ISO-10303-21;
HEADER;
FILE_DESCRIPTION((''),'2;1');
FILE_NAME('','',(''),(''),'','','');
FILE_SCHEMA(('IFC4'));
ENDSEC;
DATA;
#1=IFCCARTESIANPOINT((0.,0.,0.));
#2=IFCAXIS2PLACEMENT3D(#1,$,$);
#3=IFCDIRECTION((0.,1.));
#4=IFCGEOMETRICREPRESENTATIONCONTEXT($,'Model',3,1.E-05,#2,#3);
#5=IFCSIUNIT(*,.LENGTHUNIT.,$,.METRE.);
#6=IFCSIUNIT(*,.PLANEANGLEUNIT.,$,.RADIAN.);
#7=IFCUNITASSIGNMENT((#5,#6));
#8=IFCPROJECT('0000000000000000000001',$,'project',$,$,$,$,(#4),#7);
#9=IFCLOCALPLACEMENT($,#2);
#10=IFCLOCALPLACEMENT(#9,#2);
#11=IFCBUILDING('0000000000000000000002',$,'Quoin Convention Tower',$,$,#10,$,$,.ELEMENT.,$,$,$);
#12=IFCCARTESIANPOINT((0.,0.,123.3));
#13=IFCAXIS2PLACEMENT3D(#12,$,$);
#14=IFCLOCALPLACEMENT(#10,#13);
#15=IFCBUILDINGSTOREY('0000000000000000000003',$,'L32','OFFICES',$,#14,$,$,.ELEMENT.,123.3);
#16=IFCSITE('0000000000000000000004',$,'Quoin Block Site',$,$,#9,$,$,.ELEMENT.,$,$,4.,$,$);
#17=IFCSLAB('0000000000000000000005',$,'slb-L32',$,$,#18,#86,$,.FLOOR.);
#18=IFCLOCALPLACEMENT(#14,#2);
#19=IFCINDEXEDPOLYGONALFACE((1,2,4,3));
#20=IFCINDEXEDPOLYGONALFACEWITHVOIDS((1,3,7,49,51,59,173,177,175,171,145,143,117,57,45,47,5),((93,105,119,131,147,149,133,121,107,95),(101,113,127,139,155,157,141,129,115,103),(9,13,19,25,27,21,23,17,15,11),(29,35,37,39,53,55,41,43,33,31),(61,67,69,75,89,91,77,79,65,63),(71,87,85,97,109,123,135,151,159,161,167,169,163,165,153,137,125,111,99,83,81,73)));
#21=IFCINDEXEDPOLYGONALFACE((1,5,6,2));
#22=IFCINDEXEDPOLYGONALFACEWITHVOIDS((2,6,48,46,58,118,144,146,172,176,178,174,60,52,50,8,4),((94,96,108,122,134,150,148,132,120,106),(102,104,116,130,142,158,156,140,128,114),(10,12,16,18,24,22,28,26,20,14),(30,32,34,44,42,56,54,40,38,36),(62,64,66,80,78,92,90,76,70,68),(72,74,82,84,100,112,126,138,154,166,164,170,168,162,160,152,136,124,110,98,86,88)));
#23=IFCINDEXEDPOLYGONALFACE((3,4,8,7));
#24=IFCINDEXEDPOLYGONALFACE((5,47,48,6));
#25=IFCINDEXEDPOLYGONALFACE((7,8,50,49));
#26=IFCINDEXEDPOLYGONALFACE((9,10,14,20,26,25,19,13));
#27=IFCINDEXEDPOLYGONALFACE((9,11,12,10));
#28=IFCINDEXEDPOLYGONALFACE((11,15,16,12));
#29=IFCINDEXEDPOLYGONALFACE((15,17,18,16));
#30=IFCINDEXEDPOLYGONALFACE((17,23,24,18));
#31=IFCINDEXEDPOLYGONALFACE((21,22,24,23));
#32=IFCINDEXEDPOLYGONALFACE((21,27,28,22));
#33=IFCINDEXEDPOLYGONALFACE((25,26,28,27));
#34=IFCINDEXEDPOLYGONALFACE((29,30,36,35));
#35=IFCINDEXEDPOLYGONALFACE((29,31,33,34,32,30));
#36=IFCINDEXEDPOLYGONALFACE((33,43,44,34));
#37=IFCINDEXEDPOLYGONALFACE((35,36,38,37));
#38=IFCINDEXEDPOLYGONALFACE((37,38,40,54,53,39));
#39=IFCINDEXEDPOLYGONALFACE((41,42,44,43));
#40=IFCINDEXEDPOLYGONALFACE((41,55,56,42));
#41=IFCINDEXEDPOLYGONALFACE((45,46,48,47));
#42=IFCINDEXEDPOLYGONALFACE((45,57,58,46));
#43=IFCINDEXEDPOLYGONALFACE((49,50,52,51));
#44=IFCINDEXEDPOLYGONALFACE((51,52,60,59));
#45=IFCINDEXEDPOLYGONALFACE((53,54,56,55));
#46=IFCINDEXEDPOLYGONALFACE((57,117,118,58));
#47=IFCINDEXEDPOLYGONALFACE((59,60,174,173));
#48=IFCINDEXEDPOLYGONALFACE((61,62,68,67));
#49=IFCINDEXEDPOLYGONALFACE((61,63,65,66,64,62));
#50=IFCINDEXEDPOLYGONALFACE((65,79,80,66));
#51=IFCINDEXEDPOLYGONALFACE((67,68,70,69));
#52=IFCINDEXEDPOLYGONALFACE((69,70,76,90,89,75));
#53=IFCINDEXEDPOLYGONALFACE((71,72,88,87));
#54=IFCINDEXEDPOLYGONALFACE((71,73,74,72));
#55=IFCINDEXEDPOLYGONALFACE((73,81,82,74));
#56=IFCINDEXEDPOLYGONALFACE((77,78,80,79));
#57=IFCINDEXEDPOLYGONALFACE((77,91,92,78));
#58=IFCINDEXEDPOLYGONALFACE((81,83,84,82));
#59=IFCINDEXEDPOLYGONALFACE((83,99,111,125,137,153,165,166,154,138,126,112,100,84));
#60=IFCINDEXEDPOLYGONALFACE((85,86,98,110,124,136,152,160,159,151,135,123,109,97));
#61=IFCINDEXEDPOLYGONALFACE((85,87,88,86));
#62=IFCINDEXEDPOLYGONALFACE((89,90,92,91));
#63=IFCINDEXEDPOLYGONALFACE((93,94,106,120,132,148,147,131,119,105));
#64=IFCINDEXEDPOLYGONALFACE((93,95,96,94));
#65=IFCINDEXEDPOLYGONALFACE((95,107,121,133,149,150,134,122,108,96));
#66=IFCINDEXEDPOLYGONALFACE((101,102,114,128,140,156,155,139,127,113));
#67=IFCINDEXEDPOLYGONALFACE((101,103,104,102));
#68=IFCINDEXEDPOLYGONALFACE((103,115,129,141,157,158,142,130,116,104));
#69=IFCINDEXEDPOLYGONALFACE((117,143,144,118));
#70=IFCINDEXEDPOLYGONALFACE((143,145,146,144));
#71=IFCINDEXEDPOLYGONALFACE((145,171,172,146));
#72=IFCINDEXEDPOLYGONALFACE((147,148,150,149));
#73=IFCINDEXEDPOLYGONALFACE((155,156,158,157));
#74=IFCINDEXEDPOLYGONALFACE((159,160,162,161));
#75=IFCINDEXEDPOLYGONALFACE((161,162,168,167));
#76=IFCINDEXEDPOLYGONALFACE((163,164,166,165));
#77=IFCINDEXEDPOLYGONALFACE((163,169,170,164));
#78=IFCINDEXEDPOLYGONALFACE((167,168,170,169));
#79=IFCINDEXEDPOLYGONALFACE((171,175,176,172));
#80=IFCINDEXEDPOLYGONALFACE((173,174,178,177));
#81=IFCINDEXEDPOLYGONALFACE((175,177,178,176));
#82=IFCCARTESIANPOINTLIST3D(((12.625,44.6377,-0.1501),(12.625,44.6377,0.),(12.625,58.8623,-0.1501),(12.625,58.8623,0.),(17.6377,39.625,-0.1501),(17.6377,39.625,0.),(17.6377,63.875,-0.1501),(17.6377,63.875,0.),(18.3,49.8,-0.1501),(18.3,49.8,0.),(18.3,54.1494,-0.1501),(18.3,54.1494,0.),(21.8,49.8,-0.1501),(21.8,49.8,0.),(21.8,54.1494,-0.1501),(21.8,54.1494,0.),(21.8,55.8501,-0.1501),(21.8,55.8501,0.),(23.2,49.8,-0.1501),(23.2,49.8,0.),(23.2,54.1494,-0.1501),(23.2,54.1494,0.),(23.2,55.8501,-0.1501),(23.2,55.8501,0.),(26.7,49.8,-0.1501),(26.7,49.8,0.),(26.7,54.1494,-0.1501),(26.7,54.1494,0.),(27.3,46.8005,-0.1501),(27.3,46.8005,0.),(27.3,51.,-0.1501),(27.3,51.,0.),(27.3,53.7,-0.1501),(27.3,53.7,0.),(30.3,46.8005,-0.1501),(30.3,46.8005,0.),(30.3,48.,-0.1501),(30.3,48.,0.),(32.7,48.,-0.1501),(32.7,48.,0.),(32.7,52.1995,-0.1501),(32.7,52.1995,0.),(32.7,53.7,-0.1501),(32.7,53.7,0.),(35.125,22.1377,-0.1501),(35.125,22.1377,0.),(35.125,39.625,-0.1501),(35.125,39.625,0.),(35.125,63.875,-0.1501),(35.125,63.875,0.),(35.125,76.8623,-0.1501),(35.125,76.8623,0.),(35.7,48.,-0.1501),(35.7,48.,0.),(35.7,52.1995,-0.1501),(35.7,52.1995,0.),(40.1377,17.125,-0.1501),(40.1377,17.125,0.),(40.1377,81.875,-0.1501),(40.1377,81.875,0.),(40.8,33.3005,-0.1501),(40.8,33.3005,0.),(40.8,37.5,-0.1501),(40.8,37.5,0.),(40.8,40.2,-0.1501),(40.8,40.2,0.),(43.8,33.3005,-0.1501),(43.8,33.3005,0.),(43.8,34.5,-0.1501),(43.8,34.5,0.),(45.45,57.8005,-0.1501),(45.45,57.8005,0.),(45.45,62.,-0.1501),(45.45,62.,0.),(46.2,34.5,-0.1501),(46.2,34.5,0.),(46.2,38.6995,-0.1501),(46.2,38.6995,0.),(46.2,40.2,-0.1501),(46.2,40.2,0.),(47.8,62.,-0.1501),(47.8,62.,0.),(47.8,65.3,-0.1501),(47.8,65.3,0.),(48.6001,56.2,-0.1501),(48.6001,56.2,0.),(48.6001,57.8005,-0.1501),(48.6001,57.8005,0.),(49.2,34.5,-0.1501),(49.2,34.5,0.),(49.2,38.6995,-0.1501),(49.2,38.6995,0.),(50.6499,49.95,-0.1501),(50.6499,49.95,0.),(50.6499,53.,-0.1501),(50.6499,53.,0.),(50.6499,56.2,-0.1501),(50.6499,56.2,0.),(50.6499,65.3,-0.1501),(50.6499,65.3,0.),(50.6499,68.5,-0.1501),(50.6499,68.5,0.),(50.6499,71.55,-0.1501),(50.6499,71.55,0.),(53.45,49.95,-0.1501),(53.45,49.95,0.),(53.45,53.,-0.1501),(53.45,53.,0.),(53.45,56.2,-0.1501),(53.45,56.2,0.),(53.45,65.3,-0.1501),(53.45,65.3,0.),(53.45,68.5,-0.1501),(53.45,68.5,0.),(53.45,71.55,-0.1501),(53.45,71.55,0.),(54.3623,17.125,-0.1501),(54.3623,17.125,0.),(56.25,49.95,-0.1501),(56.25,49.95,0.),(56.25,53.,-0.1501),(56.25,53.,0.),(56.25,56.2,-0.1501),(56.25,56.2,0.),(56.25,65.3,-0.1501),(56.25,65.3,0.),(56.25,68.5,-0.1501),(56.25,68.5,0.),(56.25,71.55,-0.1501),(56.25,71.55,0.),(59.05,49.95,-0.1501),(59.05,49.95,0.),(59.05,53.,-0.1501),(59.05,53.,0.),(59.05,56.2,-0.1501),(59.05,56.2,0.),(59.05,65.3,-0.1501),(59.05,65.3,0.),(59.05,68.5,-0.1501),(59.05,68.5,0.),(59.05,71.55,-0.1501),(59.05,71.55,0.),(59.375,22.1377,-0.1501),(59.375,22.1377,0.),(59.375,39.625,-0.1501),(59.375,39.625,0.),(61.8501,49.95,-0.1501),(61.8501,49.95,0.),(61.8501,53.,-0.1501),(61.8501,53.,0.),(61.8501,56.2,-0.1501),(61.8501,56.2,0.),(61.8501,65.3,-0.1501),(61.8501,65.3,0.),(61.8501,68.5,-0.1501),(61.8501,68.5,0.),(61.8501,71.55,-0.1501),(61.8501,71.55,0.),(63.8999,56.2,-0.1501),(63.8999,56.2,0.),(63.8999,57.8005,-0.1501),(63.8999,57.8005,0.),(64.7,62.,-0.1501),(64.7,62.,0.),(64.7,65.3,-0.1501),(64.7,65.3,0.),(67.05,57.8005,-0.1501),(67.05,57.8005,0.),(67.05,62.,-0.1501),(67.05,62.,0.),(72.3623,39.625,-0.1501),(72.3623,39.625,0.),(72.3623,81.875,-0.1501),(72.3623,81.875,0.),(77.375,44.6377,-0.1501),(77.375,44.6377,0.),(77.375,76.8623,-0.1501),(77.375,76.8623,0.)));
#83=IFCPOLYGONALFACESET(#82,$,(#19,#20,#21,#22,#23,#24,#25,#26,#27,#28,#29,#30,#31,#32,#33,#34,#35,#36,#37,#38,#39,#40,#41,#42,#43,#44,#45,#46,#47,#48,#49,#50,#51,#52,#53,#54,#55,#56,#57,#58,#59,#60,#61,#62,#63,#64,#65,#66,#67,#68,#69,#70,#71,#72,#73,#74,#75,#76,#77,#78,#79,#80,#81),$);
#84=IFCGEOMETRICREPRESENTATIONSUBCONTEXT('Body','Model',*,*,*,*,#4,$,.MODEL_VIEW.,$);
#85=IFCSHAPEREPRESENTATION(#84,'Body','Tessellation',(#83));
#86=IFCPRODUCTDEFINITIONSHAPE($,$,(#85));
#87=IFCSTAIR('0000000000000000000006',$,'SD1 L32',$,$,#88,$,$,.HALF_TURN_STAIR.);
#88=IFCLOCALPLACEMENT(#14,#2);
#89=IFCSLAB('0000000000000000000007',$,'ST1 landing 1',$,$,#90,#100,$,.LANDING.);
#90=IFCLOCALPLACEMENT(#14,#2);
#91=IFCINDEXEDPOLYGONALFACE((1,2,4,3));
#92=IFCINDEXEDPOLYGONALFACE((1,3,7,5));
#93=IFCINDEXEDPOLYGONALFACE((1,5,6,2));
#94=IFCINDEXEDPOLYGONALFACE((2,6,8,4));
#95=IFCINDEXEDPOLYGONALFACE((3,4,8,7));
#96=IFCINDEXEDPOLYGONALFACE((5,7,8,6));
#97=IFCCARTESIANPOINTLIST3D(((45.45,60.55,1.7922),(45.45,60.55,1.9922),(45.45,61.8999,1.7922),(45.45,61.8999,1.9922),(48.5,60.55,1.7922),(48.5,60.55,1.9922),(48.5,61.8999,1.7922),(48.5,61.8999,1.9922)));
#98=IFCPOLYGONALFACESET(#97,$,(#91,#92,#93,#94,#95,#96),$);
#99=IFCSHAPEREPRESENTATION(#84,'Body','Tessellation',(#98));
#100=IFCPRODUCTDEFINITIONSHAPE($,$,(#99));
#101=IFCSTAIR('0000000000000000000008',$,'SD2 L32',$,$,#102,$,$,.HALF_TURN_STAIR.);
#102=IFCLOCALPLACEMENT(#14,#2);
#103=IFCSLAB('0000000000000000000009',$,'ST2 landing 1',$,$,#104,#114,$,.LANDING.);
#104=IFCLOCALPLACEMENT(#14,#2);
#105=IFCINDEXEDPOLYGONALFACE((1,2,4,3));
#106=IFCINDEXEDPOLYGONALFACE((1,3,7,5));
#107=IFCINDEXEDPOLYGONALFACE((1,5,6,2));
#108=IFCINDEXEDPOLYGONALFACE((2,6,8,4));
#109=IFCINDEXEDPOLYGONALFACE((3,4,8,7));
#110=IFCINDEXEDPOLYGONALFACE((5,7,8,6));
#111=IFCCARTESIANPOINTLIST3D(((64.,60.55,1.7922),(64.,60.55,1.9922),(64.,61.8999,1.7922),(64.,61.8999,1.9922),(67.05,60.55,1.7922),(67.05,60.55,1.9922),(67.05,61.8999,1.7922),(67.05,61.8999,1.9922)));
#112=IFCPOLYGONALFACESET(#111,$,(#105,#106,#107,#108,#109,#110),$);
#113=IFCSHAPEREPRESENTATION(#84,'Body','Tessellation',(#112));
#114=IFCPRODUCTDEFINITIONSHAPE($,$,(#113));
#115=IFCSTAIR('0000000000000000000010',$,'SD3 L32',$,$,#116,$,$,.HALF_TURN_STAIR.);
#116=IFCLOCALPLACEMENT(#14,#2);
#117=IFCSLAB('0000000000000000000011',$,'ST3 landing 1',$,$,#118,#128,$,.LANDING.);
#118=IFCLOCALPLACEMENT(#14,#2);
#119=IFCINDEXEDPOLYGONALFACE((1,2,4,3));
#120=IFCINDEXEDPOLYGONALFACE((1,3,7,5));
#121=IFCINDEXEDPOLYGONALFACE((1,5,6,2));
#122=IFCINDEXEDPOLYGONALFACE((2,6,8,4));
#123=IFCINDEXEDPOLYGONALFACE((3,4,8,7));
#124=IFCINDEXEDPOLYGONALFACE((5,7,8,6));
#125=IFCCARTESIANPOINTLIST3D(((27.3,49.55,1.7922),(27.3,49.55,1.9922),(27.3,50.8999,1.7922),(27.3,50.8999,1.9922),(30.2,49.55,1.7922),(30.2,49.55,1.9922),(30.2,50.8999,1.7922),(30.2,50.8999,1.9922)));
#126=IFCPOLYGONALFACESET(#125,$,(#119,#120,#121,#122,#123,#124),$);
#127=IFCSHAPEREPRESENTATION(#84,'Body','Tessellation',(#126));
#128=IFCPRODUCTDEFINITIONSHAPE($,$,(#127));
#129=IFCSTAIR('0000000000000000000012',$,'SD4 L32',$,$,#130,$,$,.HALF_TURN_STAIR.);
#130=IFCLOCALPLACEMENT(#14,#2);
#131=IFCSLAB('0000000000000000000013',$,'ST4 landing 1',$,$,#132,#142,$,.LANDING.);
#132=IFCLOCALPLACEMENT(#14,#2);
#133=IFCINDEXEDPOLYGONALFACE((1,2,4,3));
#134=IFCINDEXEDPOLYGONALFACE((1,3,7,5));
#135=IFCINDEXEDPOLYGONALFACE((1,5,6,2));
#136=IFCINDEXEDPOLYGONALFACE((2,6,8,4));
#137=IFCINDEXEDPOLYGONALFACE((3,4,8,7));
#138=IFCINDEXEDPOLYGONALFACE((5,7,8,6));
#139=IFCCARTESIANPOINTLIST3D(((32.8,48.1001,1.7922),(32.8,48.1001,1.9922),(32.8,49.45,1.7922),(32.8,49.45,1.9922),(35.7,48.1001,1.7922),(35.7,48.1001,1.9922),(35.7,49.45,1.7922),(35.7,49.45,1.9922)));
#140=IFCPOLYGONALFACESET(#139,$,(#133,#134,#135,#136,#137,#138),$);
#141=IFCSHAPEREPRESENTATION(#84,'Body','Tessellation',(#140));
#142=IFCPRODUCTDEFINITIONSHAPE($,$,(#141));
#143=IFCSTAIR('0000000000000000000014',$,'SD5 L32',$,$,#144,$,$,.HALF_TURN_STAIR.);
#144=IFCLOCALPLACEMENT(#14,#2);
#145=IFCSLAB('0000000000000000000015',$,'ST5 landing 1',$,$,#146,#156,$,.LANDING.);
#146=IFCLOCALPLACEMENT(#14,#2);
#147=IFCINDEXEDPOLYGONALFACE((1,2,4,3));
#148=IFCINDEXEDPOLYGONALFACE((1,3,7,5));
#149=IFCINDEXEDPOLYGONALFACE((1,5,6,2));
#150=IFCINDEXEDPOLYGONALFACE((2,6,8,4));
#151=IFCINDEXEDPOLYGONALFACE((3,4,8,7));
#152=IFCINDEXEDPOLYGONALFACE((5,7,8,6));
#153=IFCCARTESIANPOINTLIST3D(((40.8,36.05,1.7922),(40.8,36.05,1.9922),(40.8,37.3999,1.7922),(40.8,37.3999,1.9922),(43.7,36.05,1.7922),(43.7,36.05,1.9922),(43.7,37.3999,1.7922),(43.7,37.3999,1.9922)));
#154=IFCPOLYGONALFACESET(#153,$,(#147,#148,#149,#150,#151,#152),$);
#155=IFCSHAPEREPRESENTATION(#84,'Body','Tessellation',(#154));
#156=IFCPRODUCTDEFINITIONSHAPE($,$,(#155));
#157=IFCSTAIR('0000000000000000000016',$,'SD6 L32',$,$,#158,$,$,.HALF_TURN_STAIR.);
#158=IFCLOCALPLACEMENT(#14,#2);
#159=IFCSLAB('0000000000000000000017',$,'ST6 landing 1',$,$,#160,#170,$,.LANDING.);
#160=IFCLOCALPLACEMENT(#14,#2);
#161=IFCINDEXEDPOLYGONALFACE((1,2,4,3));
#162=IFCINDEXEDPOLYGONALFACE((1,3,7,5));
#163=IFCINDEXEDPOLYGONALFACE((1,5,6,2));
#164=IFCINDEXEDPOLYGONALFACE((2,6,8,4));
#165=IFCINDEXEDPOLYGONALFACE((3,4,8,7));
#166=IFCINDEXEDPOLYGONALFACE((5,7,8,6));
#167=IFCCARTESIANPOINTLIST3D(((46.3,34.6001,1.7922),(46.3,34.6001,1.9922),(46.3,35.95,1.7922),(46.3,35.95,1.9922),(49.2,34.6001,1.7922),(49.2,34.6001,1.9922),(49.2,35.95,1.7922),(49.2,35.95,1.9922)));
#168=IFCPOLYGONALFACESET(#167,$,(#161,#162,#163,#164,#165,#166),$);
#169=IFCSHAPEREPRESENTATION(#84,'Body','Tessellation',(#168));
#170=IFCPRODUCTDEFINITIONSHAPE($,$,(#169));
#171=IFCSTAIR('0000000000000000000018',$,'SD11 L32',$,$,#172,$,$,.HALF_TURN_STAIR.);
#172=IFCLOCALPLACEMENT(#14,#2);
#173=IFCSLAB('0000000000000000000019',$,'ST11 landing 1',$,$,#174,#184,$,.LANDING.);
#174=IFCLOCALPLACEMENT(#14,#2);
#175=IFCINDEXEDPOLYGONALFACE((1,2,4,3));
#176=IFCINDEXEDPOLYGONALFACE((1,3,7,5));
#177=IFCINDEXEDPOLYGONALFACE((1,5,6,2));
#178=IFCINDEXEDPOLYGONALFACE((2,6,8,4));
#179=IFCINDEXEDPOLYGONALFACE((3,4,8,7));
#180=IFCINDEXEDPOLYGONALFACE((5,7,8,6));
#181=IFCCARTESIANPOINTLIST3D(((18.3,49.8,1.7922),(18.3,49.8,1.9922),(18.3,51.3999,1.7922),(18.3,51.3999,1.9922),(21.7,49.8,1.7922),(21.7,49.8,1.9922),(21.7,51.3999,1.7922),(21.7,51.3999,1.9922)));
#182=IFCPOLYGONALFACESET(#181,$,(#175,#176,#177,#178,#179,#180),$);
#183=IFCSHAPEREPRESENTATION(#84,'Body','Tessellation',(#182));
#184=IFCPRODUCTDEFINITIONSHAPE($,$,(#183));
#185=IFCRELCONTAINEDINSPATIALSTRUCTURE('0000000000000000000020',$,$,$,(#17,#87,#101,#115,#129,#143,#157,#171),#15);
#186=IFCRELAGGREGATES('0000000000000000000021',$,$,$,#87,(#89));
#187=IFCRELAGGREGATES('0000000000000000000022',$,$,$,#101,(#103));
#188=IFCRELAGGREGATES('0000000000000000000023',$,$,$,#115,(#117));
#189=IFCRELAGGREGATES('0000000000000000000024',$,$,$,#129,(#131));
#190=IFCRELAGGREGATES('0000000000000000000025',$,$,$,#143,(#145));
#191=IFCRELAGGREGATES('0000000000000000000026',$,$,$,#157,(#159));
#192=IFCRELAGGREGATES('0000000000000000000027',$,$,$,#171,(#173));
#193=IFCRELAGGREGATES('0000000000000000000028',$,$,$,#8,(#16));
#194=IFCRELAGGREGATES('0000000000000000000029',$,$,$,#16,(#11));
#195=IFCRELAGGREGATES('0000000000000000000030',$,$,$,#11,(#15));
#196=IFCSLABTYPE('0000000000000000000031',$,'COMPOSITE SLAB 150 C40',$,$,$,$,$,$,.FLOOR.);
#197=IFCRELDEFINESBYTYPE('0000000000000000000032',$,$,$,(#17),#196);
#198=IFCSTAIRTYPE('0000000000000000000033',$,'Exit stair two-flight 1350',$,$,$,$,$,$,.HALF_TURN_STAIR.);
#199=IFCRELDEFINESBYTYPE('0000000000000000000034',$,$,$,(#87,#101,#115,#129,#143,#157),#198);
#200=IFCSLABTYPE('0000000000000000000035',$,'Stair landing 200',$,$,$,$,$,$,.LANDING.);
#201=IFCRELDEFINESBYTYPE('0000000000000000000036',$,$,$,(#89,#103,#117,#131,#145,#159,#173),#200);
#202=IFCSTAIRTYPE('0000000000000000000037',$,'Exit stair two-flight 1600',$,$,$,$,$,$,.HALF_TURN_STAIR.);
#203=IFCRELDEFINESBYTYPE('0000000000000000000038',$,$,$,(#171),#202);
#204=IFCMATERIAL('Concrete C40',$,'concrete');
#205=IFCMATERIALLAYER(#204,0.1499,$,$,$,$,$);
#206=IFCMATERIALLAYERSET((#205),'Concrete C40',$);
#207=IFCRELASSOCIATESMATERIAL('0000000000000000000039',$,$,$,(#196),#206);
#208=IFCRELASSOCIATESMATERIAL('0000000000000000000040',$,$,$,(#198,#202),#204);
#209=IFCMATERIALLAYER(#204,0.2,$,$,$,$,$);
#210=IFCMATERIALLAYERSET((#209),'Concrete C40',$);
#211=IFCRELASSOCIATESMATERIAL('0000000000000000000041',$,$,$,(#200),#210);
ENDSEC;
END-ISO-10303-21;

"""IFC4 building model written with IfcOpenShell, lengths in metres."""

from ifc_helpers import new_model, si_unit, direction, frame, origin, place, context, subcontext, project, spatial, polyline, outline, extrude, material, layer, layer_set, type_object, element, aggregate, save


model = new_model("IFC4")

# Units and contexts
model_context = context("Model", 3, precision=1e-05, world=origin(), true_north=direction((0.0, 1.0)))
body_context = subcontext(model_context, "Body", "Model", "MODEL_VIEW")
ifc_project = project(units=[si_unit("LENGTHUNIT", "METRE"), si_unit("PLANEANGLEUNIT", "RADIAN")], contexts=[model_context])

# Site, building, storey
site_placement = place(None, origin())
site = spatial("IfcSite", under=ifc_project, at=site_placement, Name="Quoin Block Site", CompositionType="ELEMENT", RefElevation=4.0)
building_placement = place(site_placement, origin())
building = spatial("IfcBuilding", under=site, at=building_placement, Name="Quoin Convention Tower", CompositionType="ELEMENT")
storey_placement = place(building_placement, frame((0.0, 0.0, 123.3)))
storey = spatial("IfcBuildingStorey", under=building, at=storey_placement, Name="L32", Description="OFFICES", CompositionType="ELEMENT", Elevation=123.3)

# Slab
ifc_material_1 = material(Name="Concrete C40", Category="concrete")
ifc_layer_1 = layer(ifc_material_1, 0.1499)
ifc_layer_set_1 = layer_set([ifc_layer_1], Name="Concrete C40")
slab_type_1 = type_object("IfcSlabType", Name="COMPOSITE SLAB 150 C40", PredefinedType="FLOOR", material=ifc_layer_set_1)
slab_1_placement = place(storey_placement, frame((0.0, 0.0, -0.1501)))
element("IfcSlab", 1, at=slab_1_placement, inside=storey, type_object=slab_type_1, Name="slb-L32", PredefinedType="FLOOR", context=body_context, shape_type="SweptSolid", body=[
    extrude(outline(polyline([(59.375, 22.1377), (54.3623, 17.125), (40.1377, 17.125), (35.125, 22.1377), (35.125, 39.625), (17.6377, 39.625), (12.625, 44.6377), (12.625, 58.8623), (17.6377, 63.875), (35.125, 63.875), (35.125, 76.8623), (40.1377, 81.875), (72.3623, 81.875), (77.375, 76.8623), (77.375, 44.6377), (72.3623, 39.625), (59.375, 39.625), (59.375, 22.1377)]), holes=[polyline([(40.8, 40.2), (40.8, 37.5), (40.8, 33.3005), (43.8, 33.3005), (43.8, 34.5), (46.2, 34.5), (49.2, 34.5), (49.2, 38.6995), (46.2, 38.6995), (46.2, 40.2), (40.8, 40.2)]), polyline([(35.7, 52.1995), (32.7, 52.1995), (32.7, 53.7), (27.3, 53.7), (27.3, 51.0), (27.3, 46.8005), (30.3, 46.8005), (30.3, 48.0), (32.7, 48.0), (35.7, 48.0), (35.7, 52.1995)]), polyline([(53.45, 49.95), (56.25, 49.95), (59.05, 49.95), (61.8501, 49.95), (61.8501, 53.0), (59.05, 53.0), (56.25, 53.0), (53.45, 53.0), (50.6499, 53.0), (50.6499, 49.95), (53.45, 49.95)]), polyline([(21.8, 55.8501), (21.8, 54.1494), (18.3, 54.1494), (18.3, 49.8), (21.8, 49.8), (23.2, 49.8), (26.7, 49.8), (26.7, 54.1494), (23.2, 54.1494), (23.2, 55.8501), (21.8, 55.8501)]), polyline([(48.6001, 57.8005), (48.6001, 56.2), (50.6499, 56.2), (53.45, 56.2), (56.25, 56.2), (59.05, 56.2), (61.8501, 56.2), (63.8999, 56.2), (63.8999, 57.8005), (67.05, 57.8005), (67.05, 62.0), (64.7, 62.0), (64.7, 65.3), (61.8501, 65.3), (59.05, 65.3), (56.25, 65.3), (53.45, 65.3), (50.6499, 65.3), (47.8, 65.3), (47.8, 62.0), (45.45, 62.0), (45.45, 57.8005), (48.6001, 57.8005)]), polyline([(50.6499, 68.5), (53.45, 68.5), (56.25, 68.5), (59.05, 68.5), (61.8501, 68.5), (61.8501, 71.55), (59.05, 71.55), (56.25, 71.55), (53.45, 71.55), (50.6499, 71.55), (50.6499, 68.5)])]), origin(), (0.0, 0.0, 1.0), 0.1501),
])

# Stairs, slabs
stair_type_1 = type_object("IfcStairType", Name="Exit stair two-flight 1350", PredefinedType="HALF_TURN_STAIR", material=ifc_material_1)
stair_1_placement = place(storey_placement, origin())
stair_1 = element("IfcStair", 2, at=stair_1_placement, inside=storey, type_object=stair_type_1, Name="SD1 L32", PredefinedType="HALF_TURN_STAIR")
ifc_layer_2 = layer(ifc_material_1, 0.2)
ifc_layer_set_2 = layer_set([ifc_layer_2], Name="Concrete C40")
slab_type_2 = type_object("IfcSlabType", Name="Stair landing 200", PredefinedType="LANDING", material=ifc_layer_set_2)
slab_2_placement = place(storey_placement, frame((0.0, 0.0, 1.7922)))
slab_2 = element("IfcSlab", 3, at=slab_2_placement, type_object=slab_type_2, Name="ST1 landing 1", PredefinedType="LANDING", context=body_context, shape_type="SweptSolid", body=[
    extrude(outline(polyline([(45.45, 60.55), (48.5, 60.55), (48.5, 61.8999), (45.45, 61.8999), (45.45, 60.55)])), origin(), (0.0, 0.0, 1.0), 0.2),
])
aggregate(stair_1, [slab_2])
stair_2_placement = place(storey_placement, origin())
stair_2 = element("IfcStair", 4, at=stair_2_placement, inside=storey, type_object=stair_type_1, Name="SD2 L32", PredefinedType="HALF_TURN_STAIR")
slab_3_placement = place(storey_placement, frame((0.0, 0.0, 1.7922)))
slab_3 = element("IfcSlab", 5, at=slab_3_placement, type_object=slab_type_2, Name="ST2 landing 1", PredefinedType="LANDING", context=body_context, shape_type="SweptSolid", body=[
    extrude(outline(polyline([(64.0, 60.55), (67.05, 60.55), (67.05, 61.8999), (64.0, 61.8999), (64.0, 60.55)])), origin(), (0.0, 0.0, 1.0), 0.2),
])
aggregate(stair_2, [slab_3])
stair_3_placement = place(storey_placement, origin())
stair_3 = element("IfcStair", 6, at=stair_3_placement, inside=storey, type_object=stair_type_1, Name="SD3 L32", PredefinedType="HALF_TURN_STAIR")
slab_4_placement = place(storey_placement, frame((0.0, 0.0, 1.7922)))
slab_4 = element("IfcSlab", 7, at=slab_4_placement, type_object=slab_type_2, Name="ST3 landing 1", PredefinedType="LANDING", context=body_context, shape_type="SweptSolid", body=[
    extrude(outline(polyline([(27.3, 49.55), (30.2, 49.55), (30.2, 50.8999), (27.3, 50.8999), (27.3, 49.55)])), origin(), (0.0, 0.0, 1.0), 0.2),
])
aggregate(stair_3, [slab_4])
stair_4_placement = place(storey_placement, origin())
stair_4 = element("IfcStair", 8, at=stair_4_placement, inside=storey, type_object=stair_type_1, Name="SD4 L32", PredefinedType="HALF_TURN_STAIR")
slab_5_placement = place(storey_placement, frame((0.0, 0.0, 1.7922)))
slab_5 = element("IfcSlab", 9, at=slab_5_placement, type_object=slab_type_2, Name="ST4 landing 1", PredefinedType="LANDING", context=body_context, shape_type="SweptSolid", body=[
    extrude(outline(polyline([(35.7, 49.45), (32.8, 49.45), (32.8, 48.1001), (35.7, 48.1001), (35.7, 49.45)])), origin(), (0.0, 0.0, 1.0), 0.2),
])
aggregate(stair_4, [slab_5])
stair_5_placement = place(storey_placement, origin())
stair_5 = element("IfcStair", 10, at=stair_5_placement, inside=storey, type_object=stair_type_1, Name="SD5 L32", PredefinedType="HALF_TURN_STAIR")
slab_6_placement = place(storey_placement, frame((0.0, 0.0, 1.7922)))
slab_6 = element("IfcSlab", 11, at=slab_6_placement, type_object=slab_type_2, Name="ST5 landing 1", PredefinedType="LANDING", context=body_context, shape_type="SweptSolid", body=[
    extrude(outline(polyline([(40.8, 36.05), (43.7, 36.05), (43.7, 37.3999), (40.8, 37.3999), (40.8, 36.05)])), origin(), (0.0, 0.0, 1.0), 0.2),
])
aggregate(stair_5, [slab_6])
stair_6_placement = place(storey_placement, origin())
stair_6 = element("IfcStair", 12, at=stair_6_placement, inside=storey, type_object=stair_type_1, Name="SD6 L32", PredefinedType="HALF_TURN_STAIR")
slab_7_placement = place(storey_placement, frame((0.0, 0.0, 1.7922)))
slab_7 = element("IfcSlab", 13, at=slab_7_placement, type_object=slab_type_2, Name="ST6 landing 1", PredefinedType="LANDING", context=body_context, shape_type="SweptSolid", body=[
    extrude(outline(polyline([(49.2, 35.95), (46.3, 35.95), (46.3, 34.6001), (49.2, 34.6001), (49.2, 35.95)])), origin(), (0.0, 0.0, 1.0), 0.2),
])
aggregate(stair_6, [slab_7])
stair_type_2 = type_object("IfcStairType", Name="Exit stair two-flight 1600", PredefinedType="HALF_TURN_STAIR", material=ifc_material_1)
stair_7_placement = place(storey_placement, origin())
stair_7 = element("IfcStair", 14, at=stair_7_placement, inside=storey, type_object=stair_type_2, Name="SD11 L32", PredefinedType="HALF_TURN_STAIR")
slab_8_placement = place(storey_placement, frame((0.0, 0.0, 1.7922)))
slab_8 = element("IfcSlab", 15, at=slab_8_placement, type_object=slab_type_2, Name="ST11 landing 1", PredefinedType="LANDING", context=body_context, shape_type="SweptSolid", body=[
    extrude(outline(polyline([(21.7, 51.3999), (18.3, 51.3999), (18.3, 49.8), (21.7, 49.8), (21.7, 51.3999)])), origin(), (0.0, 0.0, 1.0), 0.2),
])
aggregate(stair_7, [slab_8])

save(model, "model.ifc")
